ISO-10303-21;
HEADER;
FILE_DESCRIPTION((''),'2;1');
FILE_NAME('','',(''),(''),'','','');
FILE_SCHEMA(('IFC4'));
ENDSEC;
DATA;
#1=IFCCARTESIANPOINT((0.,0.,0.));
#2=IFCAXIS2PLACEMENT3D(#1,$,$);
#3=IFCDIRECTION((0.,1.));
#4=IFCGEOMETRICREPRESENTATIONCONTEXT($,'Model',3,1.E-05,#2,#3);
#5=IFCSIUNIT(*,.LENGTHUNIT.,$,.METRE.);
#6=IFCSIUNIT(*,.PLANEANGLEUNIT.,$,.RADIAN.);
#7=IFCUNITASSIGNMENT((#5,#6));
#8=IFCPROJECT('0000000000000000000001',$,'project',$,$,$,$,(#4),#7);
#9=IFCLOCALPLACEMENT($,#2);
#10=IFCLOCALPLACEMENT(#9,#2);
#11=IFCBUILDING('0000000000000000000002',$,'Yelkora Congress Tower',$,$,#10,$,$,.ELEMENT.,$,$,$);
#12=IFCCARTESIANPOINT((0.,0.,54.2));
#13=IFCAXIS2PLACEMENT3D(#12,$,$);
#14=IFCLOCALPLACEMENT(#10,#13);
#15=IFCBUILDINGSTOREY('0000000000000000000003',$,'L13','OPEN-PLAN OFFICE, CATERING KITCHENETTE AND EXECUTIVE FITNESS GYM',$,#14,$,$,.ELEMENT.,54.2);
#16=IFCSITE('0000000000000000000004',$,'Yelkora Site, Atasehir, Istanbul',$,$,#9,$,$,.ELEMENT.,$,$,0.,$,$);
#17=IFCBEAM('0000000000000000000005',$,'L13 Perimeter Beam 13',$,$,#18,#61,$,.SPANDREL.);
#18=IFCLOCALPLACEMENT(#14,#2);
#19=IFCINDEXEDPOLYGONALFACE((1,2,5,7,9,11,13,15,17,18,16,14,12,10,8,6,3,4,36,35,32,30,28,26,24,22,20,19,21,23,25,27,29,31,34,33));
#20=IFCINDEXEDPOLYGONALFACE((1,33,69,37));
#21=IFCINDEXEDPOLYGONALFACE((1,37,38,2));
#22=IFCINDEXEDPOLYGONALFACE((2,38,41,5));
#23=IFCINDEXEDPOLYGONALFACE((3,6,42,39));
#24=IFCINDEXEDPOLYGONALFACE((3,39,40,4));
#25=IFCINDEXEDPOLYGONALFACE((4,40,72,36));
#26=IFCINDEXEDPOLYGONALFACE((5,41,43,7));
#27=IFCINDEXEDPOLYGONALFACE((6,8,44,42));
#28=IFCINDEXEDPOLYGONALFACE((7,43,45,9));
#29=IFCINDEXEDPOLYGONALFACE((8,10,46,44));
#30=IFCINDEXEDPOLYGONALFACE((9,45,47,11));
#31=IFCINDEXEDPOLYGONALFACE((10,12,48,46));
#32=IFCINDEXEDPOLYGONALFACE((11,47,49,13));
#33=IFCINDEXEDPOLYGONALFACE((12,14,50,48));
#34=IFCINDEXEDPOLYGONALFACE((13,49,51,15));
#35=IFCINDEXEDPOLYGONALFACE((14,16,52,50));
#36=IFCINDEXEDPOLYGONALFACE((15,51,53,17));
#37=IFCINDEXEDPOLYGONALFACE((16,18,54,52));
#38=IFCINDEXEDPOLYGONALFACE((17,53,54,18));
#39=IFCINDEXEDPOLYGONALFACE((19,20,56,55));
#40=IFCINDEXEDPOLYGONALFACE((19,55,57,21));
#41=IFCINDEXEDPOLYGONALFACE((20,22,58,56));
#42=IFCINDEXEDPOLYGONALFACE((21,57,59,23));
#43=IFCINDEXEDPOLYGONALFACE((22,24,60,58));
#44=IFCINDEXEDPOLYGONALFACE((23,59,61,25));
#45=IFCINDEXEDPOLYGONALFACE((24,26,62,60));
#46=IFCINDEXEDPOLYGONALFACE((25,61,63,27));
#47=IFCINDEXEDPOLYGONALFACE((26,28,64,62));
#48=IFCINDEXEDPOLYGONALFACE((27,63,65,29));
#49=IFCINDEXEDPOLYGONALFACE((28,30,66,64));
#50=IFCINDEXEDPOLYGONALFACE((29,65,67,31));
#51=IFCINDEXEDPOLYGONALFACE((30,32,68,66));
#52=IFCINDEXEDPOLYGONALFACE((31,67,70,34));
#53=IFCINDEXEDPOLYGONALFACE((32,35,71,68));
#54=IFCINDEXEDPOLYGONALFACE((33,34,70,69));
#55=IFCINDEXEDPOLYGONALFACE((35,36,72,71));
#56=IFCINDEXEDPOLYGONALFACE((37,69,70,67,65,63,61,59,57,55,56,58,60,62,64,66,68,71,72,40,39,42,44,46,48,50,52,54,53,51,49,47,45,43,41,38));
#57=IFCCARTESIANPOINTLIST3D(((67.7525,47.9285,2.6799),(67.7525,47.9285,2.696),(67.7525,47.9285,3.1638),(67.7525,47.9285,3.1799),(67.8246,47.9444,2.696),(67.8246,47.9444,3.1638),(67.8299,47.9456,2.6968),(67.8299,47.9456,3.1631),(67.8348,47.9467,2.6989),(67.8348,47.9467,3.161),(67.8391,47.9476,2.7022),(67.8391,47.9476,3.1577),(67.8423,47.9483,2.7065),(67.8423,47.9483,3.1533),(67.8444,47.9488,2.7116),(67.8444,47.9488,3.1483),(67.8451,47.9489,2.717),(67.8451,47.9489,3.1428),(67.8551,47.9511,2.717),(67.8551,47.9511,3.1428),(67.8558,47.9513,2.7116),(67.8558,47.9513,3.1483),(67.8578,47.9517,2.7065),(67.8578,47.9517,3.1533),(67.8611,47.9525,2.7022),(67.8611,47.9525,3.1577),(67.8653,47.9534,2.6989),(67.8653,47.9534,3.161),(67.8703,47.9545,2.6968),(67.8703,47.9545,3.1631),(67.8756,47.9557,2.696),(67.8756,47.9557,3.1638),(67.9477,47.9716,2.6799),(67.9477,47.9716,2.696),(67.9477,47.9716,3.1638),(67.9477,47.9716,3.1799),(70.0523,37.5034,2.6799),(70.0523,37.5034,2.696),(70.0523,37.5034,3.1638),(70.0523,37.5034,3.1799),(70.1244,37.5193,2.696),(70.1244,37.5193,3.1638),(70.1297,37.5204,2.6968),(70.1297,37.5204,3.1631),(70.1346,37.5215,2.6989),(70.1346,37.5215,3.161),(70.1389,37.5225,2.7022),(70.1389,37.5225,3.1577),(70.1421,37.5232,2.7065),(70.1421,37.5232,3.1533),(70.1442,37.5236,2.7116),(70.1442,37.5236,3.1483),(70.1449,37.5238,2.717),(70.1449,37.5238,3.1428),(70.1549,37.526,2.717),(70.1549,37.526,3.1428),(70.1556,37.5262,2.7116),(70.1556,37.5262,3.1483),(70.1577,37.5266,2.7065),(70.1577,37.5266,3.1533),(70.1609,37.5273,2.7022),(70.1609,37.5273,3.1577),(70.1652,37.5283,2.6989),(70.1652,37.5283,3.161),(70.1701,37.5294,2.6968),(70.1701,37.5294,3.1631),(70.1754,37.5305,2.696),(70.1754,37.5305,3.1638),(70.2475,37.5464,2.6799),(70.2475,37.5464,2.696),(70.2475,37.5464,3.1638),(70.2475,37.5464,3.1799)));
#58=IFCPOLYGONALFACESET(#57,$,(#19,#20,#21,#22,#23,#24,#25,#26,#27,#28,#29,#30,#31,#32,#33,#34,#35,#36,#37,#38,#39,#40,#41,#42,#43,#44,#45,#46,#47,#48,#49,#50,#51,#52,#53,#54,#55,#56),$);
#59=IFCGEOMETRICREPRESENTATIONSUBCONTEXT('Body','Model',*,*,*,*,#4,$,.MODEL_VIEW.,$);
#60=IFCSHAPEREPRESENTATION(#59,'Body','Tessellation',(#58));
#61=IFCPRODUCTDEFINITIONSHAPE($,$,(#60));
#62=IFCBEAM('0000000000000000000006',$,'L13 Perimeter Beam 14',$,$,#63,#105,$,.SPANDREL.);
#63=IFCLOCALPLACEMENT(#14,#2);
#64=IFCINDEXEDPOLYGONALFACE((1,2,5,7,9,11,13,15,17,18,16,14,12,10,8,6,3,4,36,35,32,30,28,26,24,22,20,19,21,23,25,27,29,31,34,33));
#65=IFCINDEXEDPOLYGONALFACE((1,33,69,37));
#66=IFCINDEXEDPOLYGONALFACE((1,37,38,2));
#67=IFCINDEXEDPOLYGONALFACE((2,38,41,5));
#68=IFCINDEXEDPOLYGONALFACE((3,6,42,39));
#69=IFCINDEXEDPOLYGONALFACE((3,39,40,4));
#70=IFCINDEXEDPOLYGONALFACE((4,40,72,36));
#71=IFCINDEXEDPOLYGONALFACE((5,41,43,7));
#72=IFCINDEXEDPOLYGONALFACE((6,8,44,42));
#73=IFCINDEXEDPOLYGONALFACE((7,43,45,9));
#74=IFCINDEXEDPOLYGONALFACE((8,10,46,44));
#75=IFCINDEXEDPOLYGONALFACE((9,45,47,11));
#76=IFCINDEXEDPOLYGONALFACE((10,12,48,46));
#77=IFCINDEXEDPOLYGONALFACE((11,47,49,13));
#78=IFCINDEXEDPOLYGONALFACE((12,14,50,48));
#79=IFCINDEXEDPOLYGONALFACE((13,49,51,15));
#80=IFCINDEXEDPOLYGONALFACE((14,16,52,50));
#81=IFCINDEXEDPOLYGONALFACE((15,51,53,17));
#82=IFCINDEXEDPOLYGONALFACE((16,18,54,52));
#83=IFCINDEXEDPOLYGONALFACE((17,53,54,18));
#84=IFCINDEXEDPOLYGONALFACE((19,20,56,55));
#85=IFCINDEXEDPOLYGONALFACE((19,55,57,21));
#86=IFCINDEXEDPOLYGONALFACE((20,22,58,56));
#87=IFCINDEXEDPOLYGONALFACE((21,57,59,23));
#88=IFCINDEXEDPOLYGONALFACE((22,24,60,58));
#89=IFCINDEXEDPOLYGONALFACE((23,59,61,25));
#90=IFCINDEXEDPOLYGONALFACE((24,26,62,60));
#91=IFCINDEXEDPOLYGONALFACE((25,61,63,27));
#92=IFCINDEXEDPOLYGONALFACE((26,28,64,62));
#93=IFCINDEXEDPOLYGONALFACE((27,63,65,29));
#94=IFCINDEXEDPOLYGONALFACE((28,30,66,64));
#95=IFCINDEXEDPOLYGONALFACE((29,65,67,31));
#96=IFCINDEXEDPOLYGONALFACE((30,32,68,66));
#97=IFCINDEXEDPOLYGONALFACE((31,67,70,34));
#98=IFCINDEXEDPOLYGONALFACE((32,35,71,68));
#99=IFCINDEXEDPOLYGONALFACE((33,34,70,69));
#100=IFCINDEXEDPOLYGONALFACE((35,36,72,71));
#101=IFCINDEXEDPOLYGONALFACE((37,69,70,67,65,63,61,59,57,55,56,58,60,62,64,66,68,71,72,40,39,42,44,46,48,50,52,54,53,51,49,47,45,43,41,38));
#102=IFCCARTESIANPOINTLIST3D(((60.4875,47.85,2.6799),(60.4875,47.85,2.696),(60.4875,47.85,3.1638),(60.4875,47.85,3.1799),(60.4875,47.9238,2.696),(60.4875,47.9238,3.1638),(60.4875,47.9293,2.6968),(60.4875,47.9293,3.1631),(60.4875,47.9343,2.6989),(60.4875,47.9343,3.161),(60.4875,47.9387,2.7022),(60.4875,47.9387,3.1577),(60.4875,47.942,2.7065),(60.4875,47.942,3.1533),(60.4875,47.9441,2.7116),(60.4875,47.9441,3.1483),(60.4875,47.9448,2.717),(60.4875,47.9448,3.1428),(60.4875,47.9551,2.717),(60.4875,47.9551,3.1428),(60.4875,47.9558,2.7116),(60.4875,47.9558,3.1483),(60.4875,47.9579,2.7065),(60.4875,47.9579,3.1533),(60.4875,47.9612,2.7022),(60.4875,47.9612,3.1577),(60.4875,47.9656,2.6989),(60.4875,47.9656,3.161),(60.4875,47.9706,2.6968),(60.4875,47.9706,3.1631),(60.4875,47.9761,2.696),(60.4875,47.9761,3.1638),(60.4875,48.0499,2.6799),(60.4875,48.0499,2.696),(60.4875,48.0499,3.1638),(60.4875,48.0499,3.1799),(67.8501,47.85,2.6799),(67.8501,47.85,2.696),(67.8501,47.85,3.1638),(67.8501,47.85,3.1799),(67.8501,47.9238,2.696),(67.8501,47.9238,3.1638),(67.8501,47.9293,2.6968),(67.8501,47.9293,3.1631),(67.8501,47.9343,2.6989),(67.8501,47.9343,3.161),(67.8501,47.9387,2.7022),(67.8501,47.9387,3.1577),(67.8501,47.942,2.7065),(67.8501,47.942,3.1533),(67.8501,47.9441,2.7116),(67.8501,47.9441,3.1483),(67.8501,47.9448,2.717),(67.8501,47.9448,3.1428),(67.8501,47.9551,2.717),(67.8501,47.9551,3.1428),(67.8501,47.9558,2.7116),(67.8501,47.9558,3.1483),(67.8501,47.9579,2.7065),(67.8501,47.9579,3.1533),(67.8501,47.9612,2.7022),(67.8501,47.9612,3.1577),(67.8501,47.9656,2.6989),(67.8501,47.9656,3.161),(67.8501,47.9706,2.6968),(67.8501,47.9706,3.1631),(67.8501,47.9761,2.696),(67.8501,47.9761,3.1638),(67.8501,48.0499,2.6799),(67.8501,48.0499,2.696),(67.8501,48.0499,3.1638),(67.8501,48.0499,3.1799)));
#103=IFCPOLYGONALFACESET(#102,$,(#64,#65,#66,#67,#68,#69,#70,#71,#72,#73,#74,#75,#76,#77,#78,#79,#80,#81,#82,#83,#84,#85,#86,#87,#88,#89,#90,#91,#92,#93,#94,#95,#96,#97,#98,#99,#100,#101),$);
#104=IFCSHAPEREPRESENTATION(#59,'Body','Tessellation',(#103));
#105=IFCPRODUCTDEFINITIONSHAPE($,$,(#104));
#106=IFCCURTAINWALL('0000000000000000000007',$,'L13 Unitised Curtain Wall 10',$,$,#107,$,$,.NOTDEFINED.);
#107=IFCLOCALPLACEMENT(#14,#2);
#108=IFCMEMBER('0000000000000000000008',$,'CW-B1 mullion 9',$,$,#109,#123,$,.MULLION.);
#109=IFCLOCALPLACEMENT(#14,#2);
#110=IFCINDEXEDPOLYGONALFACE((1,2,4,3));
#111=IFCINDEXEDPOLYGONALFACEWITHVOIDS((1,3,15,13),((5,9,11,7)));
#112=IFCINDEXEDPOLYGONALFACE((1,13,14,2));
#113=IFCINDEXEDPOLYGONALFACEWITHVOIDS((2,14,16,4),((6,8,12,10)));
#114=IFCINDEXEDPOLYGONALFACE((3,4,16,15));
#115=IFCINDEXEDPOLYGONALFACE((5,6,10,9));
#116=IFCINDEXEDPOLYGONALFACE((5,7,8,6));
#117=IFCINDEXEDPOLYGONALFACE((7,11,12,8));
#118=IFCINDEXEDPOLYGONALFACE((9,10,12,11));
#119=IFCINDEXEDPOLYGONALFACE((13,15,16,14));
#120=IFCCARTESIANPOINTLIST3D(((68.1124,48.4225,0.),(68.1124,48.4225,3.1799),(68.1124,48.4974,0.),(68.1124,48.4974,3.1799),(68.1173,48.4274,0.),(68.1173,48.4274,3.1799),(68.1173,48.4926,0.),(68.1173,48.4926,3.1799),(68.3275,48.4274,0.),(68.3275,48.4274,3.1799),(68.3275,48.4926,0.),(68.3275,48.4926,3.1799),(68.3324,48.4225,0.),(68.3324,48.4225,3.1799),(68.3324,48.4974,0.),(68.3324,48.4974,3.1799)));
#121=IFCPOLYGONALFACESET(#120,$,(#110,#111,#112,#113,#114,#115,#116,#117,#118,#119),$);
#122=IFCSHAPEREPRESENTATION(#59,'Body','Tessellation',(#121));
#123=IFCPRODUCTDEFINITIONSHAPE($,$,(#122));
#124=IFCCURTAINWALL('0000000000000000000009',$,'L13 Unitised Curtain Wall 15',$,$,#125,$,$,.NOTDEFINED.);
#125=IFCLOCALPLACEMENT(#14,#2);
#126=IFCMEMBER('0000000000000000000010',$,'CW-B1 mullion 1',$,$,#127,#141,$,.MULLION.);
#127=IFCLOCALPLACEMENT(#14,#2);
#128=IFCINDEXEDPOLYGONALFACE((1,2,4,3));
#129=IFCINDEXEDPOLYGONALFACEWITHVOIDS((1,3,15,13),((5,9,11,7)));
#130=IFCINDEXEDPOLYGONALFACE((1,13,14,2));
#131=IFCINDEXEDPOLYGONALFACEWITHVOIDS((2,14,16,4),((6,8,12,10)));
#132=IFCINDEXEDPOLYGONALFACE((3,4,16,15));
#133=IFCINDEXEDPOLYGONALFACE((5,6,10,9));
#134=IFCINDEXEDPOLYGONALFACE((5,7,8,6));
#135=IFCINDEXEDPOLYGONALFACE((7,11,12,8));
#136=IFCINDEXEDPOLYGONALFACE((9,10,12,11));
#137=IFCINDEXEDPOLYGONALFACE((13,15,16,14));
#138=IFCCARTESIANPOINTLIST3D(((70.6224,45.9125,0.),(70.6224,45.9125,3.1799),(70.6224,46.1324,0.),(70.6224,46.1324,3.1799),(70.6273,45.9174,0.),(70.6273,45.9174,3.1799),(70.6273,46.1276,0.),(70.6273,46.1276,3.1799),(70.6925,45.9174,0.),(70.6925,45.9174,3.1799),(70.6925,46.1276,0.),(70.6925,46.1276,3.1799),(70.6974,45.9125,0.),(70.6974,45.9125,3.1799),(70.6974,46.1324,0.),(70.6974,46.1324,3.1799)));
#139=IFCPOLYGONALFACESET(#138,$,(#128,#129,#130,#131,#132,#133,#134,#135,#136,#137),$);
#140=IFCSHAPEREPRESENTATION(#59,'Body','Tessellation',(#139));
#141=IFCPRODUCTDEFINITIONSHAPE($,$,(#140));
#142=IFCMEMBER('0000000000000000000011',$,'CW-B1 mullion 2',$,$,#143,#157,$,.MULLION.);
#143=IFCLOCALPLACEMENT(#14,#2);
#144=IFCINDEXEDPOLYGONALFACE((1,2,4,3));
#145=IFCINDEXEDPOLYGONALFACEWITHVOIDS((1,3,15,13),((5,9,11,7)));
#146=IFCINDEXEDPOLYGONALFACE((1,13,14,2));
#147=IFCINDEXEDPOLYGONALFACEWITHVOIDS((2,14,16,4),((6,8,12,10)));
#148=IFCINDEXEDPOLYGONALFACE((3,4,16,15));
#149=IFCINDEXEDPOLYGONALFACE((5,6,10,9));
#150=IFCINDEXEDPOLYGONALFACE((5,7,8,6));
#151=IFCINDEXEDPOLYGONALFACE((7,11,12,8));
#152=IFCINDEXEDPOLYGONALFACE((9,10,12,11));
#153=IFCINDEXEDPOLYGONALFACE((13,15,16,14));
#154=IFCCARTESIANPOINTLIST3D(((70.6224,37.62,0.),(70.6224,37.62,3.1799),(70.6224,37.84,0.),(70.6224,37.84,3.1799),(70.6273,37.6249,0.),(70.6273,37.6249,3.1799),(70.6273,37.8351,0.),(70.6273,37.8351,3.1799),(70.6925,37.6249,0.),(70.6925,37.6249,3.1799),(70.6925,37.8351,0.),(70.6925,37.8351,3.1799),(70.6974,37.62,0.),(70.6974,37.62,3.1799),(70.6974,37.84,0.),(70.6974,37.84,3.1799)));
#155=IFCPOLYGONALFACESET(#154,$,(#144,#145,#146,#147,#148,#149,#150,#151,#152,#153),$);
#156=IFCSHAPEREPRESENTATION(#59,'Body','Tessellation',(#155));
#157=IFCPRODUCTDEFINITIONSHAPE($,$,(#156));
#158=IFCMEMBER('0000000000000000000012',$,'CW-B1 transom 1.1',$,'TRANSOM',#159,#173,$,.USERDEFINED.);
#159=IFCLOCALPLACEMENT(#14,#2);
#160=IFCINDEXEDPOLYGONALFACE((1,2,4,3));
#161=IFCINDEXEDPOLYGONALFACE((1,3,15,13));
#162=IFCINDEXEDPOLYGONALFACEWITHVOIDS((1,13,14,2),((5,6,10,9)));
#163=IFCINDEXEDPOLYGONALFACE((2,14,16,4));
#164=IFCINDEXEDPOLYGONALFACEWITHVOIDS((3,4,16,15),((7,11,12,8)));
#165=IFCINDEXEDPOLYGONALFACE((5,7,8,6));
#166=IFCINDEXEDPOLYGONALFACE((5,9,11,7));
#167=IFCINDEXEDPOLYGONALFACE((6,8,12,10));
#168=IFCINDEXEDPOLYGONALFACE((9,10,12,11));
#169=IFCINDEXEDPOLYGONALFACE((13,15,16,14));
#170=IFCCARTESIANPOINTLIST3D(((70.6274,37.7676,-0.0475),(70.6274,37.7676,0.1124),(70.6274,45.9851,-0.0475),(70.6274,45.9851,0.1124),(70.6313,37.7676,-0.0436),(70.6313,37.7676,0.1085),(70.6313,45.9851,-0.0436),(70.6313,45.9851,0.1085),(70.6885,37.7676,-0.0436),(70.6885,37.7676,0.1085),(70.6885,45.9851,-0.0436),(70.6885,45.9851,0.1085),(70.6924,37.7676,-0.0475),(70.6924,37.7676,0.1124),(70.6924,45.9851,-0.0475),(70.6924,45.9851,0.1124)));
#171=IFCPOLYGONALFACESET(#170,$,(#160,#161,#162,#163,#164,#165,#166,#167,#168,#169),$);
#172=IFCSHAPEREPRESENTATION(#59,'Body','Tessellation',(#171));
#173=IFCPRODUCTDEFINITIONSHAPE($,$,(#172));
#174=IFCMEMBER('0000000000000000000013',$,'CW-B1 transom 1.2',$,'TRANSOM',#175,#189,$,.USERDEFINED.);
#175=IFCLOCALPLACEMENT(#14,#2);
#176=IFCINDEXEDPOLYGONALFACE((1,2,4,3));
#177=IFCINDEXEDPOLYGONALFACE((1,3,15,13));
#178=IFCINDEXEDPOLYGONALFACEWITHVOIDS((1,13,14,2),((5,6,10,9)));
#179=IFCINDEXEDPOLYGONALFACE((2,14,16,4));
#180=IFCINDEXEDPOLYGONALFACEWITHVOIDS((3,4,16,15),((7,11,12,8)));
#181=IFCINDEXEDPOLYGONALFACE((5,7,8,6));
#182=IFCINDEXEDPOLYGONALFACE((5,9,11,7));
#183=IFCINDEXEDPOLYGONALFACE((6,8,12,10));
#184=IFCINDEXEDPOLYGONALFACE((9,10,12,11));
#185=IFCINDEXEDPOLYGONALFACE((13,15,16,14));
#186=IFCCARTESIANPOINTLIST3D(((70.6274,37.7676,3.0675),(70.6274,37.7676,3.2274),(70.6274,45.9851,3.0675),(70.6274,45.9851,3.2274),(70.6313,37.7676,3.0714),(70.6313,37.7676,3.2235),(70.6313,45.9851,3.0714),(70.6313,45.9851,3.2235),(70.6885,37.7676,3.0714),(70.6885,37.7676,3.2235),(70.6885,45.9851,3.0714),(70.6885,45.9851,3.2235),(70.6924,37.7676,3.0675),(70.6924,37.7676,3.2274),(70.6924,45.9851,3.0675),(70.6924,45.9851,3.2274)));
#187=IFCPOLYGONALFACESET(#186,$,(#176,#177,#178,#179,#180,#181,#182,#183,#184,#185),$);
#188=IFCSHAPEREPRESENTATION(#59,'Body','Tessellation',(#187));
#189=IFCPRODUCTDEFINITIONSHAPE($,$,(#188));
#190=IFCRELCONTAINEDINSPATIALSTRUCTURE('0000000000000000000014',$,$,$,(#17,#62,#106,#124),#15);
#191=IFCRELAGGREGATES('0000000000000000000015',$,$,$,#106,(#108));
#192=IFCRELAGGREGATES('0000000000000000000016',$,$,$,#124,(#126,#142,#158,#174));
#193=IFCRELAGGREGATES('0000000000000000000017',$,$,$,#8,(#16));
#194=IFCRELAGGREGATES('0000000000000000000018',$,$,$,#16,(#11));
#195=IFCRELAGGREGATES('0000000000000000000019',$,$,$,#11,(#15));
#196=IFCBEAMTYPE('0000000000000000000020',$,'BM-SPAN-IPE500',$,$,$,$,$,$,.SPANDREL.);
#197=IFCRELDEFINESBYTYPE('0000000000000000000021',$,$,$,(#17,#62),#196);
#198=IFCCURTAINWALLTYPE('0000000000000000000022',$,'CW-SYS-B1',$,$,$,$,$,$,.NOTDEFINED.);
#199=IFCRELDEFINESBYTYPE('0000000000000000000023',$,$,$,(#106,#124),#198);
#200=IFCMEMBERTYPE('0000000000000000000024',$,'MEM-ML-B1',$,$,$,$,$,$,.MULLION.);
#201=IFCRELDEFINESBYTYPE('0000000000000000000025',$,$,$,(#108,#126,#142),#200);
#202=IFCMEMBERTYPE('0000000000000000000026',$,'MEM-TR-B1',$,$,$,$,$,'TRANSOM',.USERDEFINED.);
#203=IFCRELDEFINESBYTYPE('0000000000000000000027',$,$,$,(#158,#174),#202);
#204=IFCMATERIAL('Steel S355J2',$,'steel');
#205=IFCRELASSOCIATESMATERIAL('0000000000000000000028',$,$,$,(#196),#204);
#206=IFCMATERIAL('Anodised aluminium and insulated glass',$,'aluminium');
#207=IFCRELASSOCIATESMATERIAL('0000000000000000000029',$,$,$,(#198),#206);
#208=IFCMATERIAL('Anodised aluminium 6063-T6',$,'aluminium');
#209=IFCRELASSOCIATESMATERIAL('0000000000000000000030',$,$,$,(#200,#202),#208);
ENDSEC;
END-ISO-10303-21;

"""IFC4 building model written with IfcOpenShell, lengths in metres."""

from ifc_helpers import new_model, si_unit, direction, frame, origin, origin_2d, place, context, subcontext, project, spatial, hollow_rectangle, i_section, extrude, material, material_profile, profile_set, type_object, element, aggregate, save


model = new_model("IFC4")

# Units and contexts
model_context = context("Model", 3, precision=1e-05, world=origin(), true_north=direction((0.0, 1.0)))
body_context = subcontext(model_context, "Body", "Model", "MODEL_VIEW")
ifc_project = project(units=[si_unit("LENGTHUNIT", "METRE"), si_unit("PLANEANGLEUNIT", "RADIAN")], contexts=[model_context])

# Site, building, storey
site_placement = place(None, origin())
site = spatial("IfcSite", under=ifc_project, at=site_placement, Name="Yelkora Site, Atasehir, Istanbul", CompositionType="ELEMENT", RefElevation=0.0)
building_placement = place(site_placement, origin())
building = spatial("IfcBuilding", under=site, at=building_placement, Name="Yelkora Congress Tower", CompositionType="ELEMENT")
storey_placement = place(building_placement, frame((0.0, 0.0, 54.2)))
storey = spatial("IfcBuildingStorey", under=building, at=storey_placement, Name="L13", Description="OPEN-PLAN OFFICE, CATERING KITCHENETTE AND EXECUTIVE FITNESS GYM", CompositionType="ELEMENT", Elevation=54.2)

# Beams
ifc_material_1 = material(Name="Steel S355J2", Category="steel")
ifc_material_profile_1 = material_profile(ifc_material_1, i_section(OverallWidth=0.2, OverallDepth=0.5, WebThickness=0.0103, FlangeThickness=0.0161, FilletRadius=0.021, at=origin_2d()), Name="IPE 500")
ifc_profile_set_1 = profile_set([ifc_material_profile_1], Name="Steel S355J2")
beam_type_1 = type_object("IfcBeamType", Name="BM-SPAN-IPE500", PredefinedType="SPANDREL", material=ifc_profile_set_1)
beam_1_placement = place(storey_placement, frame((70.1499, 37.5249, 2.9299), z_axis=(-0.215424, 0.976521, 0.0), x_axis=(-0.976521, -0.215424, 0.0)))
element("IfcBeam", 1, at=beam_1_placement, inside=storey, type_object=beam_type_1, Name="L13 Perimeter Beam 13", PredefinedType="SPANDREL", context=body_context, shape_type="SweptSolid", body=[
    extrude(i_section(OverallWidth=0.2, OverallDepth=0.5, WebThickness=0.0103, FlangeThickness=0.0161, FilletRadius=0.021, at=origin_2d()), origin(), (0.0, 0.0, 1.0), 10.6758),
])
beam_2_placement = place(storey_placement, frame((67.8501, 47.95, 2.9299), z_axis=(-1.0, 0.0, 0.0), x_axis=(0.0, -1.0, 0.0)))
element("IfcBeam", 2, at=beam_2_placement, inside=storey, type_object=beam_type_1, Name="L13 Perimeter Beam 14", PredefinedType="SPANDREL", context=body_context, shape_type="SweptSolid", body=[
    extrude(i_section(OverallWidth=0.2, OverallDepth=0.5, WebThickness=0.0103, FlangeThickness=0.0161, FilletRadius=0.021, at=origin_2d()), origin(), (0.0, 0.0, 1.0), 7.3625),
])

# Curtain wall, member
ifc_material_2 = material(Name="Anodised aluminium and insulated glass", Category="aluminium")
curtain_wall_type = type_object("IfcCurtainWallType", Name="CW-SYS-B1", PredefinedType="NOTDEFINED", material=ifc_material_2)
curtain_wall_1_placement = place(storey_placement, origin())
curtain_wall_1 = element("IfcCurtainWall", 3, at=curtain_wall_1_placement, inside=storey, type_object=curtain_wall_type, Name="L13 Unitised Curtain Wall 10", PredefinedType="NOTDEFINED")
ifc_material_3 = material(Name="Anodised aluminium 6063-T6", Category="aluminium")
ifc_material_profile_2 = material_profile(ifc_material_3, hollow_rectangle(XDim=0.075, YDim=0.22, WallThickness=0.0049, at=origin_2d()), Name="ALU 75x220x5")
ifc_profile_set_2 = profile_set([ifc_material_profile_2], Name="Anodised aluminium 6063-T6")
member_type_1 = type_object("IfcMemberType", Name="MEM-ML-B1", PredefinedType="MULLION", material=ifc_profile_set_2)
member_1_placement = place(storey_placement, frame((68.2224, 48.46, 0.0), z_axis=(0.0, 0.0, 1.0), x_axis=(0.0, 1.0, 0.0)))
member_1 = element("IfcMember", 4, at=member_1_placement, type_object=member_type_1, Name="CW-B1 mullion 9", PredefinedType="MULLION", context=body_context, shape_type="SweptSolid", body=[
    extrude(hollow_rectangle(XDim=0.075, YDim=0.22, WallThickness=0.0049, at=origin_2d()), origin(), (0.0, 0.0, 1.0), 3.1799),
])

# Curtain wall, members
curtain_wall_2_placement = place(storey_placement, origin())
curtain_wall_2 = element("IfcCurtainWall", 5, at=curtain_wall_2_placement, inside=storey, type_object=curtain_wall_type, Name="L13 Unitised Curtain Wall 15", PredefinedType="NOTDEFINED")
member_2_placement = place(storey_placement, frame((70.6599, 46.0225, 0.0), z_axis=(0.0, 0.0, 1.0), x_axis=(1.0, 0.0, 0.0)))
member_2 = element("IfcMember", 6, at=member_2_placement, type_object=member_type_1, Name="CW-B1 mullion 1", PredefinedType="MULLION", context=body_context, shape_type="SweptSolid", body=[
    extrude(hollow_rectangle(XDim=0.075, YDim=0.22, WallThickness=0.0049, at=origin_2d()), origin(), (0.0, 0.0, 1.0), 3.1799),
])
member_3_placement = place(storey_placement, frame((70.6599, 37.73, 0.0), z_axis=(0.0, 0.0, 1.0), x_axis=(1.0, 0.0, 0.0)))
member_3 = element("IfcMember", 7, at=member_3_placement, type_object=member_type_1, Name="CW-B1 mullion 2", PredefinedType="MULLION", context=body_context, shape_type="SweptSolid", body=[
    extrude(hollow_rectangle(XDim=0.075, YDim=0.22, WallThickness=0.0049, at=origin_2d()), origin(), (0.0, 0.0, 1.0), 3.1799),
])
ifc_material_profile_3 = material_profile(ifc_material_3, hollow_rectangle(XDim=0.0649, YDim=0.1599, WallThickness=0.0039, at=origin_2d()), Name="ALU 65x160x4")
ifc_profile_set_3 = profile_set([ifc_material_profile_3], Name="Anodised aluminium 6063-T6")
member_type_2 = type_object("IfcMemberType", Name="MEM-TR-B1", ElementType="TRANSOM", PredefinedType="USERDEFINED", material=ifc_profile_set_3)
member_4_placement = place(storey_placement, frame((70.6599, 45.9851, 0.0325), z_axis=(0.0, -1.0, 0.0), x_axis=(1.0, 0.0, 0.0)))
member_4 = element("IfcMember", 8, at=member_4_placement, type_object=member_type_2, Name="CW-B1 transom 1.1", ObjectType="TRANSOM", PredefinedType="USERDEFINED", context=body_context, shape_type="SweptSolid", body=[
    extrude(hollow_rectangle(XDim=0.0649, YDim=0.1599, WallThickness=0.0039, at=origin_2d()), origin(), (0.0, 0.0, 1.0), 8.2175),
])
member_5_placement = place(storey_placement, frame((70.6599, 45.9851, 3.1475), z_axis=(0.0, -1.0, 0.0), x_axis=(1.0, 0.0, 0.0)))
member_5 = element("IfcMember", 9, at=member_5_placement, type_object=member_type_2, Name="CW-B1 transom 1.2", ObjectType="TRANSOM", PredefinedType="USERDEFINED", context=body_context, shape_type="SweptSolid", body=[
    extrude(hollow_rectangle(XDim=0.0649, YDim=0.1599, WallThickness=0.0039, at=origin_2d()), origin(), (0.0, 0.0, 1.0), 8.2175),
])

aggregate(curtain_wall_1, [member_1])
aggregate(curtain_wall_2, [member_2, member_3, member_4, member_5])

save(model, "model.ifc")
